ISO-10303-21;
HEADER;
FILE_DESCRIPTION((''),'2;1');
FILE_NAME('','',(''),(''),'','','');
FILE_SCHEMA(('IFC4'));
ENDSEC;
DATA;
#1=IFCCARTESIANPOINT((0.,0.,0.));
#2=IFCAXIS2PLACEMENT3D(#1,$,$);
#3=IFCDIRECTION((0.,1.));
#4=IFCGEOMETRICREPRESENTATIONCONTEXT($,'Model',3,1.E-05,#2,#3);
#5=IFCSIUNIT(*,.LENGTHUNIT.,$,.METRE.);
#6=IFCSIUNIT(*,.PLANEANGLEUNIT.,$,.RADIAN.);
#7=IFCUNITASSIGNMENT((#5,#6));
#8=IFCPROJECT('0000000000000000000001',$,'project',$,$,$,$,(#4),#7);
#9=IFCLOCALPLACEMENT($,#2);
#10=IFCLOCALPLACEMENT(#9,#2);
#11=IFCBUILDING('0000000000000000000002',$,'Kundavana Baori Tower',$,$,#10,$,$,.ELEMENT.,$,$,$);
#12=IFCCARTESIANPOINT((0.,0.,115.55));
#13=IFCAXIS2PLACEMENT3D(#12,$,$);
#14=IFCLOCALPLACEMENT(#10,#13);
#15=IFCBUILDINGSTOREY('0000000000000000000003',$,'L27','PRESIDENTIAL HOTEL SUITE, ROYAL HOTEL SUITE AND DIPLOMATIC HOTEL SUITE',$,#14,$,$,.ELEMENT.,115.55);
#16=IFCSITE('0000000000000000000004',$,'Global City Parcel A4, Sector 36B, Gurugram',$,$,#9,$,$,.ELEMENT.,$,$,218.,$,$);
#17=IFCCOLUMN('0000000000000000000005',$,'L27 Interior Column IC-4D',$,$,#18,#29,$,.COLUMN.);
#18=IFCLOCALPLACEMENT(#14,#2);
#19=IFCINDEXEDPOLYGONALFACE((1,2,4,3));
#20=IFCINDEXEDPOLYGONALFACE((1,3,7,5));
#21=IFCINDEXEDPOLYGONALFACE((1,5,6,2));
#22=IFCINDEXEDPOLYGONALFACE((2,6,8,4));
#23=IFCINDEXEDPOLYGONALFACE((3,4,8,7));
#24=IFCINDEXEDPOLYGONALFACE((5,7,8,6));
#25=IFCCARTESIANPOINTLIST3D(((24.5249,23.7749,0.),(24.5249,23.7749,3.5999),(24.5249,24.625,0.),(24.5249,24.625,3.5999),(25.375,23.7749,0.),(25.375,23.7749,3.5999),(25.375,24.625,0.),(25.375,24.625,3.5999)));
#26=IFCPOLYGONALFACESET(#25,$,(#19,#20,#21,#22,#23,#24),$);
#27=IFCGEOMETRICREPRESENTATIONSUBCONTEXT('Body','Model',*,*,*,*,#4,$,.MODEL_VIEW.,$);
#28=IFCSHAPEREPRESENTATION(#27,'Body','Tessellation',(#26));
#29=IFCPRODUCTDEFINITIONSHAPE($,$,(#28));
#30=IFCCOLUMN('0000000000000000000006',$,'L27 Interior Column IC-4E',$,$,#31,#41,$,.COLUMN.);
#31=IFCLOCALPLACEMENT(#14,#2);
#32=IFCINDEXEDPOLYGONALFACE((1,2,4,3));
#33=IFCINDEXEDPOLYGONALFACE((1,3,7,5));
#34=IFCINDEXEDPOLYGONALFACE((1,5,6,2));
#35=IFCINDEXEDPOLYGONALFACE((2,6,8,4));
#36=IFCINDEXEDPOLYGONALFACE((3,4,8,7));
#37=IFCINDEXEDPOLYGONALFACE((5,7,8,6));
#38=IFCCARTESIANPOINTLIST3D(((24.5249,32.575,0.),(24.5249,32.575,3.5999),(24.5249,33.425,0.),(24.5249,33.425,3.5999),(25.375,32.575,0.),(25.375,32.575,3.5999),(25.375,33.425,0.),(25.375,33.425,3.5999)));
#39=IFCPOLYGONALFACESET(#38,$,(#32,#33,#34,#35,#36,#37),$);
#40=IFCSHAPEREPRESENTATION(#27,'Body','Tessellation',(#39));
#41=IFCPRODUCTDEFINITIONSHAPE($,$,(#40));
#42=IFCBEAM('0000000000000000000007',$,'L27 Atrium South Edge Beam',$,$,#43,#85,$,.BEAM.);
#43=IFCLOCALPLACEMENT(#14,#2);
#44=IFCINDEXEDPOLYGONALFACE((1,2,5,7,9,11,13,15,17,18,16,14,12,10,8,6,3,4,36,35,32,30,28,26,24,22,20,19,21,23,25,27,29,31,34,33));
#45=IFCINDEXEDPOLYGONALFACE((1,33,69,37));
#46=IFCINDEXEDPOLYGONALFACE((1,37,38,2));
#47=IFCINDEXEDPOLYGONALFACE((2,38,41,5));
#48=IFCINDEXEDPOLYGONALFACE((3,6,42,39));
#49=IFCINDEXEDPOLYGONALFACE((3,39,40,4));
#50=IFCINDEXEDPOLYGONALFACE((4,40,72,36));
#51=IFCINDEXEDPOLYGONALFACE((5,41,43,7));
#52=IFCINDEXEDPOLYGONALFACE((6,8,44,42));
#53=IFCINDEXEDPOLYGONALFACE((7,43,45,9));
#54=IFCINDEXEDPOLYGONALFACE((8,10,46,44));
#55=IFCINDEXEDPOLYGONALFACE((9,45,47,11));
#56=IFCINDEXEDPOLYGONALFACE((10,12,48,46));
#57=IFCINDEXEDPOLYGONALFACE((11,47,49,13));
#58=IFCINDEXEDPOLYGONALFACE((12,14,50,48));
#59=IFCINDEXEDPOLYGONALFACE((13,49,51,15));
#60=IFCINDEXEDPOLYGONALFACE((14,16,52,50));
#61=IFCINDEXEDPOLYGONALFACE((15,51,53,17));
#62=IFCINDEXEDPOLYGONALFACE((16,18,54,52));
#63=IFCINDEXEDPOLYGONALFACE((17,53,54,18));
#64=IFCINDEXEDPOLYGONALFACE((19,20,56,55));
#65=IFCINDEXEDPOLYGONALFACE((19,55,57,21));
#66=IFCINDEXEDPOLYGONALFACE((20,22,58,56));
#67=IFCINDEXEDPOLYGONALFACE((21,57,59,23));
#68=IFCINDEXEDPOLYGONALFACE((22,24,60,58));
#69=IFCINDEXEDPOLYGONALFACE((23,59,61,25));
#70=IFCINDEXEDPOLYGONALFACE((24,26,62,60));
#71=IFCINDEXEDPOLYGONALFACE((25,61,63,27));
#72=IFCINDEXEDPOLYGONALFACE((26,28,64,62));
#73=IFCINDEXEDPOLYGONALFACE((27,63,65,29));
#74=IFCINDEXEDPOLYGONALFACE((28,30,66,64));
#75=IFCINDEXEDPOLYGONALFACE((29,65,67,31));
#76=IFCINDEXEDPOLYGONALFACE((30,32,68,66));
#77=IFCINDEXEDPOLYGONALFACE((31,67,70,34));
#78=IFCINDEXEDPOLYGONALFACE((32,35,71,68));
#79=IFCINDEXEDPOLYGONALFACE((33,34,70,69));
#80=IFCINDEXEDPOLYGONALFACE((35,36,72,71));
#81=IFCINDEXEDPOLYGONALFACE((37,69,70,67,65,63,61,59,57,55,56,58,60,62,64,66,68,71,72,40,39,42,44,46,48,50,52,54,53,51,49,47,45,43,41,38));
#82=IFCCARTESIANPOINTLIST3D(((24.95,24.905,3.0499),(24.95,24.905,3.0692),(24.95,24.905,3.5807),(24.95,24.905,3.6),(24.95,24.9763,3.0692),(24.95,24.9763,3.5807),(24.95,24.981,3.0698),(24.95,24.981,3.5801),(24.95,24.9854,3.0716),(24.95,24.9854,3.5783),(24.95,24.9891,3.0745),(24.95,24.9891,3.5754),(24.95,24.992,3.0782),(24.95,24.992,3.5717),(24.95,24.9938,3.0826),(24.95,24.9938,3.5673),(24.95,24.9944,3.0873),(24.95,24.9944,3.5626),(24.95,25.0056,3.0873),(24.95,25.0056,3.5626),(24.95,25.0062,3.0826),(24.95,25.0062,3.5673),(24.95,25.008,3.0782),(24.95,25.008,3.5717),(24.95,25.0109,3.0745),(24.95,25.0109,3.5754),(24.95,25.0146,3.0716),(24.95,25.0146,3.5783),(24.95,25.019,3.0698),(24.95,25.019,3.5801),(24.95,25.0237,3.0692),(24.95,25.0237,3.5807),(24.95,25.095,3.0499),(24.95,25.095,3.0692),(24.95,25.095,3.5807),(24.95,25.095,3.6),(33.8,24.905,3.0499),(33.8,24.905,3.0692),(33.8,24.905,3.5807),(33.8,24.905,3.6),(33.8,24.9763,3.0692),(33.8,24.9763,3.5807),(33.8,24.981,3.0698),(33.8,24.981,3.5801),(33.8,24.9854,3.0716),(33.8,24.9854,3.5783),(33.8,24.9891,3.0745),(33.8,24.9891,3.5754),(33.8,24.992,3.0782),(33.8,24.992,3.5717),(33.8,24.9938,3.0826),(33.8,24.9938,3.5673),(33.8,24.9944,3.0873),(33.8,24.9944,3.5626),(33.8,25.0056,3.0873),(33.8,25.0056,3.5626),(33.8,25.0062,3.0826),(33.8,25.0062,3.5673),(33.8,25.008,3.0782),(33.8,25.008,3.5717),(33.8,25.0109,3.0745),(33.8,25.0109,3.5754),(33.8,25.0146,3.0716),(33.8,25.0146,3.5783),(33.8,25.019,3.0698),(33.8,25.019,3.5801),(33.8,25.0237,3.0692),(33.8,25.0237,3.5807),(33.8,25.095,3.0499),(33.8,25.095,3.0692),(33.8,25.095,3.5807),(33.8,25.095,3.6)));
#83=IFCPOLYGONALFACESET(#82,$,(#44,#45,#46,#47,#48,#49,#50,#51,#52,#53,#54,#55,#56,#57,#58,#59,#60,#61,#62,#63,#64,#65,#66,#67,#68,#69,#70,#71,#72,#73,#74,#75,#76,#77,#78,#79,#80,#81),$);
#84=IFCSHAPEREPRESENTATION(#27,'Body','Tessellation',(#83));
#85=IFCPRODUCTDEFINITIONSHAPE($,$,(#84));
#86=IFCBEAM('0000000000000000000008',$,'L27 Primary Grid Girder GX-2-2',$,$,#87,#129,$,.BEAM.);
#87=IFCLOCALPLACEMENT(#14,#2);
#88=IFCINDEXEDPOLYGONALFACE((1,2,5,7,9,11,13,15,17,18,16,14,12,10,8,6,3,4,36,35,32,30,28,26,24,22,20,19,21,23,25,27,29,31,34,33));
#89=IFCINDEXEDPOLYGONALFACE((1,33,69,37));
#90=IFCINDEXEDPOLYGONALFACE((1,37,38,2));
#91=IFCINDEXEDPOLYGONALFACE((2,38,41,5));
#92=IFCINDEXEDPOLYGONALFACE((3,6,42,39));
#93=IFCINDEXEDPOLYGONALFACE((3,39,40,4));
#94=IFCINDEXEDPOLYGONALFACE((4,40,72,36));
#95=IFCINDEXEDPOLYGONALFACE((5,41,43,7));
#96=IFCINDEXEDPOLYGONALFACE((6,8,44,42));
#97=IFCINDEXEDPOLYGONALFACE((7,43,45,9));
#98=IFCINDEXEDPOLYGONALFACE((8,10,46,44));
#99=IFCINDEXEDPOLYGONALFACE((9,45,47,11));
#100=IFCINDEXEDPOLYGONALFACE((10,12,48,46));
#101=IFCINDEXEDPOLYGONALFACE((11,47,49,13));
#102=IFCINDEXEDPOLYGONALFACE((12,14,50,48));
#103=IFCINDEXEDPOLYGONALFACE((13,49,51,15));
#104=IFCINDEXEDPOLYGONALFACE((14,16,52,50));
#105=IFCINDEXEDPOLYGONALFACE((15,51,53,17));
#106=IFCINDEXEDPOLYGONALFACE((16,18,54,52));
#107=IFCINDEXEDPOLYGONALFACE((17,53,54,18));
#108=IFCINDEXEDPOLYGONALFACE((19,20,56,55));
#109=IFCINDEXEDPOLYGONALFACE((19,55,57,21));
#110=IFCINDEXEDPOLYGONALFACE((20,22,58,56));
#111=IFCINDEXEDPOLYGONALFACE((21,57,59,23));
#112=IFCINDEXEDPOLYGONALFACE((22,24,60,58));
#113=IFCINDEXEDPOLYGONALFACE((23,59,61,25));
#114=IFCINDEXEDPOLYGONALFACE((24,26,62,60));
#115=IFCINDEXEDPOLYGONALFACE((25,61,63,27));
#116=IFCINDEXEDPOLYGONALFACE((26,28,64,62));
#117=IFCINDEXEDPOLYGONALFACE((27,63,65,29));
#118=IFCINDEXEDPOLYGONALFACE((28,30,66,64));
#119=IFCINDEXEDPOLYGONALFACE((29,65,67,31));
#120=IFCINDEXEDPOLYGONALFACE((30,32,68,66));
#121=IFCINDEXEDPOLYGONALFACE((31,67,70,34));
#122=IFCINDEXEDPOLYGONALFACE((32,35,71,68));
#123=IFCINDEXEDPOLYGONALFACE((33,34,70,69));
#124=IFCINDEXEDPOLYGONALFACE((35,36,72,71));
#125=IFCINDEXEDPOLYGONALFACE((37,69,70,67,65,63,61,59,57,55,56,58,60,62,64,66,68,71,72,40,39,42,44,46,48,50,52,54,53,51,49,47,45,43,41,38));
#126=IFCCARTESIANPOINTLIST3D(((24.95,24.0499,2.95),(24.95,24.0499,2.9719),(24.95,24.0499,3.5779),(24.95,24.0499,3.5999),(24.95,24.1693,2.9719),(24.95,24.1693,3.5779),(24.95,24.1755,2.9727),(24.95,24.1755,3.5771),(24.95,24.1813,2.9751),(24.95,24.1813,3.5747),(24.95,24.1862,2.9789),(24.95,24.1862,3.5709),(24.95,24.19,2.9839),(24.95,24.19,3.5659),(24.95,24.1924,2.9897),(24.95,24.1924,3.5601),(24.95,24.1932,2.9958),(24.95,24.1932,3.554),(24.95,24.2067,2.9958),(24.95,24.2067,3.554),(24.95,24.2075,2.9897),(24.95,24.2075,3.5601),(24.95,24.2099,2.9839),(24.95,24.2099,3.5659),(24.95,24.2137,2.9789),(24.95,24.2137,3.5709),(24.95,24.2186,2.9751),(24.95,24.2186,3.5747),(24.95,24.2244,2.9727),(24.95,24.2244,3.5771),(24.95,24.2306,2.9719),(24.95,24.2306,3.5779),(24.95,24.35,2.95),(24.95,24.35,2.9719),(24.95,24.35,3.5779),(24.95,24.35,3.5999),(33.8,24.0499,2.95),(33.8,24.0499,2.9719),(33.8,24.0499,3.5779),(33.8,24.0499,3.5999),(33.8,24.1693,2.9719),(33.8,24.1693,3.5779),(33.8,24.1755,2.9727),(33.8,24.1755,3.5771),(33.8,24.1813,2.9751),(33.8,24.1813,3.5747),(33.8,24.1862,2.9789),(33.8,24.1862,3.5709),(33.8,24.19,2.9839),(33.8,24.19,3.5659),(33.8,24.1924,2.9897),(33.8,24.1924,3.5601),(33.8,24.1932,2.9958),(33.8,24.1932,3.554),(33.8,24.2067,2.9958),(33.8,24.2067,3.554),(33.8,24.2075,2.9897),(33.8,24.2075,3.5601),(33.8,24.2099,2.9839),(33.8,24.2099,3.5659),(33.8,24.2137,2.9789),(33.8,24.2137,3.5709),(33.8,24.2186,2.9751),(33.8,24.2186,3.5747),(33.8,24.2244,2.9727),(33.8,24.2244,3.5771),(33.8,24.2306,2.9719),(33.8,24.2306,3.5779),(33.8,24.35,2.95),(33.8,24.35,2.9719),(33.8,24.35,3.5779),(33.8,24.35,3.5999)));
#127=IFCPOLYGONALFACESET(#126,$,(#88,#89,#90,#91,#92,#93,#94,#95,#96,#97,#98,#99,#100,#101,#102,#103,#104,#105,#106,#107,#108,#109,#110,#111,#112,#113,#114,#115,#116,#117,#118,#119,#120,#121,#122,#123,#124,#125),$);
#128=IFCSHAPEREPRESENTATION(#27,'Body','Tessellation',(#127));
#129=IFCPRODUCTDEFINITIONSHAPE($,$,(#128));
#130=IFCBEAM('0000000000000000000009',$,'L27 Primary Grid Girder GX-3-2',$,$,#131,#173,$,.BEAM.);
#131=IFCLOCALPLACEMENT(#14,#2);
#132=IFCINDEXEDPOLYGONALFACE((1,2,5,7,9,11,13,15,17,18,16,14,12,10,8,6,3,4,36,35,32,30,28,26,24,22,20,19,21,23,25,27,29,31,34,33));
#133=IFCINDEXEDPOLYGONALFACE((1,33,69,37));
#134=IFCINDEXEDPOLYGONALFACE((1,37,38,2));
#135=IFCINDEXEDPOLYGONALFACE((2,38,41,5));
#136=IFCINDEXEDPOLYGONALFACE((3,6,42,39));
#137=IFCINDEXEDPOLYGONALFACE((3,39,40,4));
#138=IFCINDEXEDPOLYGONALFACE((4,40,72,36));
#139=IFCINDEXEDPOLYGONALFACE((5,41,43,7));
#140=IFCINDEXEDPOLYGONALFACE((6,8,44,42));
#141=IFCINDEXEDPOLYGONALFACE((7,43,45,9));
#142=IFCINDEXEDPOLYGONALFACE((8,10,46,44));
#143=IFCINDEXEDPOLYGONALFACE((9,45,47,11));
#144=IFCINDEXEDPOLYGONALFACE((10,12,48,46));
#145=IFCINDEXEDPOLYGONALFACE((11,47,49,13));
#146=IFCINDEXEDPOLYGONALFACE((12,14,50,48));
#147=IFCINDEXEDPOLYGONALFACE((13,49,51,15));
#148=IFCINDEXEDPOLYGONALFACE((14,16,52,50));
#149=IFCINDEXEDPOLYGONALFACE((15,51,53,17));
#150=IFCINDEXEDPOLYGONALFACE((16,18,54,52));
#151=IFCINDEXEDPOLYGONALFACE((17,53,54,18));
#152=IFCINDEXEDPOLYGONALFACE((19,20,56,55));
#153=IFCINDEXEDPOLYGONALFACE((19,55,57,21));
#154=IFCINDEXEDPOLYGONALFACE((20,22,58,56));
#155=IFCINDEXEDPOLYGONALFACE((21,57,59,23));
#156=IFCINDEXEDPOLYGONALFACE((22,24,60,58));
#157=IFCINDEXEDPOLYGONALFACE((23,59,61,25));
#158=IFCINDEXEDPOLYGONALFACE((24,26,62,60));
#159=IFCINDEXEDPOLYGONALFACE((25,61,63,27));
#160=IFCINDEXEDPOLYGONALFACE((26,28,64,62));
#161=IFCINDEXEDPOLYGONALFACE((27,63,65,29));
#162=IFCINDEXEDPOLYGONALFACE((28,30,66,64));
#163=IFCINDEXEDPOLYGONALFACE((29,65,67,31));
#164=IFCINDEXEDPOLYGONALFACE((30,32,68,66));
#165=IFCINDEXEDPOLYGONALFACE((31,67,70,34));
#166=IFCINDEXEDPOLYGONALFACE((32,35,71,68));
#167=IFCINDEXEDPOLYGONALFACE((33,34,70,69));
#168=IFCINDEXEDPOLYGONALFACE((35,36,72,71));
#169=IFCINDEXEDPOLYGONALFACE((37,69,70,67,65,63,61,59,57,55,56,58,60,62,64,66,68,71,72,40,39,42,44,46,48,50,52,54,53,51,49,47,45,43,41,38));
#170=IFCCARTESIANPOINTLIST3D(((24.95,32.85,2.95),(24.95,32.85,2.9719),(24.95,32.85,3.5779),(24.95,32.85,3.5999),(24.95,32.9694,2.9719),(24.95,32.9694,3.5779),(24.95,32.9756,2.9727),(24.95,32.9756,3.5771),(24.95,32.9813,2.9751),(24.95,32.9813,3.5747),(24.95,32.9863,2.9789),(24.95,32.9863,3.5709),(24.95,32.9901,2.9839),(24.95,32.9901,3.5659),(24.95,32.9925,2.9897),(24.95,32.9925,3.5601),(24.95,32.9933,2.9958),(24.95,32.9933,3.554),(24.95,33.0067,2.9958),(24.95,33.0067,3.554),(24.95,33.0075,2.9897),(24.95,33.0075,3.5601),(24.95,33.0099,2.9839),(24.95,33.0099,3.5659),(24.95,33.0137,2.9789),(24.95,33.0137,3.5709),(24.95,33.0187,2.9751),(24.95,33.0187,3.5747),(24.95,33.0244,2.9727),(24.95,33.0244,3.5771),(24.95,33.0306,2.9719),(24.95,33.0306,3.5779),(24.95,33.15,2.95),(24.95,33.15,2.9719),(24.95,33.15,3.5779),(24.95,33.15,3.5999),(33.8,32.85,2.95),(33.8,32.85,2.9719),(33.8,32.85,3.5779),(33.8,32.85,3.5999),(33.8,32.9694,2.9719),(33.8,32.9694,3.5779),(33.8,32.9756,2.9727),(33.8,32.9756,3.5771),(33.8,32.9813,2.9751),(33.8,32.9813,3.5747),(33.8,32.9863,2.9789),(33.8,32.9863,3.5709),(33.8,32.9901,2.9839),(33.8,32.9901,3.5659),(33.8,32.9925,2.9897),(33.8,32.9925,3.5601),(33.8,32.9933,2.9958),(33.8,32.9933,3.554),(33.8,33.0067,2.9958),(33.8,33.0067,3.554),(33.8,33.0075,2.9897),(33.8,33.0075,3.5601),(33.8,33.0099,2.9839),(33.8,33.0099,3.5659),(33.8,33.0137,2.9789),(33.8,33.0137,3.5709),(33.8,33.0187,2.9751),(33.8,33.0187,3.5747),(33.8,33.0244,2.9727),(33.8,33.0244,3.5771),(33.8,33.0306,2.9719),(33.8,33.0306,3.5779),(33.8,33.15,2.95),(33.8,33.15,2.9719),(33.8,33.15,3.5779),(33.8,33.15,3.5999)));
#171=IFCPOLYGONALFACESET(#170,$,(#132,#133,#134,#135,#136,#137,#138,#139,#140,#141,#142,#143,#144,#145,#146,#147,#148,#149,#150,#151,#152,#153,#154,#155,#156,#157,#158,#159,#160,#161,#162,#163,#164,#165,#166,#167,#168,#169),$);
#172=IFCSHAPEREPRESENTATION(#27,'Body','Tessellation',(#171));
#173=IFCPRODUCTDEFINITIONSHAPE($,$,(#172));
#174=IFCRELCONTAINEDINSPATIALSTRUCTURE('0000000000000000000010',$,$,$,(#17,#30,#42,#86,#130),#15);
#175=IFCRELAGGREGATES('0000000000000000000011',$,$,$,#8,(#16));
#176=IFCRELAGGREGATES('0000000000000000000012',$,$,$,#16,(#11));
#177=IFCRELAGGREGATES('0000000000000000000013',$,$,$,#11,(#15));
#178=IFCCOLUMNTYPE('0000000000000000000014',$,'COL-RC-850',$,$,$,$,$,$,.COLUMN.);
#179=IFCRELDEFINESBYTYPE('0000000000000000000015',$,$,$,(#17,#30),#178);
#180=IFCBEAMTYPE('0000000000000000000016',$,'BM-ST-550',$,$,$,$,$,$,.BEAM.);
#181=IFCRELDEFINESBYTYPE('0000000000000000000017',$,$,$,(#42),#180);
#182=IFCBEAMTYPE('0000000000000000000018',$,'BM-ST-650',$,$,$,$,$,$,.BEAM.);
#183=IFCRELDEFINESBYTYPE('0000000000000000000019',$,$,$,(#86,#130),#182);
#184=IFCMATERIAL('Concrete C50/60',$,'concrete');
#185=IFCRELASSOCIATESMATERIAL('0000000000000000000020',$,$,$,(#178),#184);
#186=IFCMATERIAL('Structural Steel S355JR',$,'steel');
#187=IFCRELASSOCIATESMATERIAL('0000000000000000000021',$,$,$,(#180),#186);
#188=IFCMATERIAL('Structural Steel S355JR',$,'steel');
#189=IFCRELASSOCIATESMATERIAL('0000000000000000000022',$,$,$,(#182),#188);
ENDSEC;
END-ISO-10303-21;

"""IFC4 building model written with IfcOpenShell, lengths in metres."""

from ifc_helpers import new_model, si_unit, direction, frame, origin, origin_2d, place, context, subcontext, project, spatial, rectangle, i_section, extrude, material, material_profile, profile_set, type_object, element, save


model = new_model("IFC4")

# Units and contexts
model_context = context("Model", 3, precision=1e-05, world=origin(), true_north=direction((0.0, 1.0)))
body_context = subcontext(model_context, "Body", "Model", "MODEL_VIEW")
ifc_project = project(units=[si_unit("LENGTHUNIT", "METRE"), si_unit("PLANEANGLEUNIT", "RADIAN")], contexts=[model_context])

# Site, building, storey
site_placement = place(None, origin())
site = spatial("IfcSite", under=ifc_project, at=site_placement, Name="Global City Parcel A4, Sector 36B, Gurugram", CompositionType="ELEMENT", RefElevation=218.0)
building_placement = place(site_placement, origin())
building = spatial("IfcBuilding", under=site, at=building_placement, Name="Kundavana Baori Tower", CompositionType="ELEMENT")
storey_placement = place(building_placement, frame((0.0, 0.0, 115.55)))
storey = spatial("IfcBuildingStorey", under=building, at=storey_placement, Name="L27", Description="PRESIDENTIAL HOTEL SUITE, ROYAL HOTEL SUITE AND DIPLOMATIC HOTEL SUITE", CompositionType="ELEMENT", Elevation=115.55)

# Columns
ifc_material_1 = material(Name="Concrete C50/60", Category="concrete")
ifc_material_profile_1 = material_profile(ifc_material_1, rectangle(XDim=0.8501, YDim=0.8501, at=origin_2d()), Name="RC 850x850")
ifc_profile_set_1 = profile_set([ifc_material_profile_1], Name="Concrete C50/60")
column_type = type_object("IfcColumnType", Name="COL-RC-850", PredefinedType="COLUMN", material=ifc_profile_set_1)
for number, where, z_axis, x_axis, name in (
    (1, (24.95, 24.2, 0.0), (0.0, 0.0, 1.0), (1.0, 0.0, 0.0), "L27 Interior Column IC-4D"),
    (2, (24.95, 33.0, 0.0), (0.0, 0.0, 1.0), (1.0, 0.0, 0.0), "L27 Interior Column IC-4E"),
):
    element("IfcColumn", number, at=place(storey_placement, frame(where, z_axis=z_axis, x_axis=x_axis)), inside=storey, type_object=column_type, Name=name, PredefinedType="COLUMN", context=body_context, shape_type="SweptSolid", body=[
        extrude(rectangle(XDim=0.8501, YDim=0.8501, at=origin_2d()), origin(), (0.0, 0.0, 1.0), 3.5999),
    ])

# Beams
ifc_material_2 = material(Name="Structural Steel S355JR", Category="steel")
ifc_material_profile_2 = material_profile(ifc_material_2, i_section(OverallWidth=0.1899, OverallDepth=0.55, WebThickness=0.0112, FlangeThickness=0.0193, FilletRadius=0.0181, at=origin_2d()), Name="ISMB 550")
ifc_profile_set_2 = profile_set([ifc_material_profile_2], Name="Structural Steel S355JR")
beam_type_1 = type_object("IfcBeamType", Name="BM-ST-550", PredefinedType="BEAM", material=ifc_profile_set_2)
beam_placement = place(storey_placement, frame((24.95, 25.0, 3.325), z_axis=(1.0, 0.0, 0.0), x_axis=(0.0, 1.0, 0.0)))
element("IfcBeam", 3, at=beam_placement, inside=storey, type_object=beam_type_1, Name="L27 Atrium South Edge Beam", PredefinedType="BEAM", context=body_context, shape_type="SweptSolid", body=[
    extrude(i_section(OverallWidth=0.1899, OverallDepth=0.55, WebThickness=0.0112, FlangeThickness=0.0193, FilletRadius=0.0181, at=origin_2d()), origin(), (0.0, 0.0, 1.0), 8.8501),
])
ifc_material_3 = material(Name="Structural Steel S355JR", Category="steel")
ifc_material_profile_3 = material_profile(ifc_material_3, i_section(OverallWidth=0.3, OverallDepth=0.6499, WebThickness=0.0134, FlangeThickness=0.022, FilletRadius=0.0239, at=origin_2d()), Name="NPB 650x300x155")
ifc_profile_set_3 = profile_set([ifc_material_profile_3], Name="Structural Steel S355JR")
beam_type_2 = type_object("IfcBeamType", Name="BM-ST-650", PredefinedType="BEAM", material=ifc_profile_set_3)
for number, where, z_axis, x_axis, name in (
    (4, (24.95, 24.2, 3.2749), (1.0, 0.0, 0.0), (0.0, 1.0, 0.0), "L27 Primary Grid Girder GX-2-2"),
    (5, (24.95, 33.0, 3.2749), (1.0, 0.0, 0.0), (0.0, 1.0, 0.0), "L27 Primary Grid Girder GX-3-2"),
):
    element("IfcBeam", number, at=place(storey_placement, frame(where, z_axis=z_axis, x_axis=x_axis)), inside=storey, type_object=beam_type_2, Name=name, PredefinedType="BEAM", context=body_context, shape_type="SweptSolid", body=[
        extrude(i_section(OverallWidth=0.3, OverallDepth=0.6499, WebThickness=0.0134, FlangeThickness=0.022, FilletRadius=0.0239, at=origin_2d()), origin(), (0.0, 0.0, 1.0), 8.8501),
    ])

save(model, "model.ifc")
